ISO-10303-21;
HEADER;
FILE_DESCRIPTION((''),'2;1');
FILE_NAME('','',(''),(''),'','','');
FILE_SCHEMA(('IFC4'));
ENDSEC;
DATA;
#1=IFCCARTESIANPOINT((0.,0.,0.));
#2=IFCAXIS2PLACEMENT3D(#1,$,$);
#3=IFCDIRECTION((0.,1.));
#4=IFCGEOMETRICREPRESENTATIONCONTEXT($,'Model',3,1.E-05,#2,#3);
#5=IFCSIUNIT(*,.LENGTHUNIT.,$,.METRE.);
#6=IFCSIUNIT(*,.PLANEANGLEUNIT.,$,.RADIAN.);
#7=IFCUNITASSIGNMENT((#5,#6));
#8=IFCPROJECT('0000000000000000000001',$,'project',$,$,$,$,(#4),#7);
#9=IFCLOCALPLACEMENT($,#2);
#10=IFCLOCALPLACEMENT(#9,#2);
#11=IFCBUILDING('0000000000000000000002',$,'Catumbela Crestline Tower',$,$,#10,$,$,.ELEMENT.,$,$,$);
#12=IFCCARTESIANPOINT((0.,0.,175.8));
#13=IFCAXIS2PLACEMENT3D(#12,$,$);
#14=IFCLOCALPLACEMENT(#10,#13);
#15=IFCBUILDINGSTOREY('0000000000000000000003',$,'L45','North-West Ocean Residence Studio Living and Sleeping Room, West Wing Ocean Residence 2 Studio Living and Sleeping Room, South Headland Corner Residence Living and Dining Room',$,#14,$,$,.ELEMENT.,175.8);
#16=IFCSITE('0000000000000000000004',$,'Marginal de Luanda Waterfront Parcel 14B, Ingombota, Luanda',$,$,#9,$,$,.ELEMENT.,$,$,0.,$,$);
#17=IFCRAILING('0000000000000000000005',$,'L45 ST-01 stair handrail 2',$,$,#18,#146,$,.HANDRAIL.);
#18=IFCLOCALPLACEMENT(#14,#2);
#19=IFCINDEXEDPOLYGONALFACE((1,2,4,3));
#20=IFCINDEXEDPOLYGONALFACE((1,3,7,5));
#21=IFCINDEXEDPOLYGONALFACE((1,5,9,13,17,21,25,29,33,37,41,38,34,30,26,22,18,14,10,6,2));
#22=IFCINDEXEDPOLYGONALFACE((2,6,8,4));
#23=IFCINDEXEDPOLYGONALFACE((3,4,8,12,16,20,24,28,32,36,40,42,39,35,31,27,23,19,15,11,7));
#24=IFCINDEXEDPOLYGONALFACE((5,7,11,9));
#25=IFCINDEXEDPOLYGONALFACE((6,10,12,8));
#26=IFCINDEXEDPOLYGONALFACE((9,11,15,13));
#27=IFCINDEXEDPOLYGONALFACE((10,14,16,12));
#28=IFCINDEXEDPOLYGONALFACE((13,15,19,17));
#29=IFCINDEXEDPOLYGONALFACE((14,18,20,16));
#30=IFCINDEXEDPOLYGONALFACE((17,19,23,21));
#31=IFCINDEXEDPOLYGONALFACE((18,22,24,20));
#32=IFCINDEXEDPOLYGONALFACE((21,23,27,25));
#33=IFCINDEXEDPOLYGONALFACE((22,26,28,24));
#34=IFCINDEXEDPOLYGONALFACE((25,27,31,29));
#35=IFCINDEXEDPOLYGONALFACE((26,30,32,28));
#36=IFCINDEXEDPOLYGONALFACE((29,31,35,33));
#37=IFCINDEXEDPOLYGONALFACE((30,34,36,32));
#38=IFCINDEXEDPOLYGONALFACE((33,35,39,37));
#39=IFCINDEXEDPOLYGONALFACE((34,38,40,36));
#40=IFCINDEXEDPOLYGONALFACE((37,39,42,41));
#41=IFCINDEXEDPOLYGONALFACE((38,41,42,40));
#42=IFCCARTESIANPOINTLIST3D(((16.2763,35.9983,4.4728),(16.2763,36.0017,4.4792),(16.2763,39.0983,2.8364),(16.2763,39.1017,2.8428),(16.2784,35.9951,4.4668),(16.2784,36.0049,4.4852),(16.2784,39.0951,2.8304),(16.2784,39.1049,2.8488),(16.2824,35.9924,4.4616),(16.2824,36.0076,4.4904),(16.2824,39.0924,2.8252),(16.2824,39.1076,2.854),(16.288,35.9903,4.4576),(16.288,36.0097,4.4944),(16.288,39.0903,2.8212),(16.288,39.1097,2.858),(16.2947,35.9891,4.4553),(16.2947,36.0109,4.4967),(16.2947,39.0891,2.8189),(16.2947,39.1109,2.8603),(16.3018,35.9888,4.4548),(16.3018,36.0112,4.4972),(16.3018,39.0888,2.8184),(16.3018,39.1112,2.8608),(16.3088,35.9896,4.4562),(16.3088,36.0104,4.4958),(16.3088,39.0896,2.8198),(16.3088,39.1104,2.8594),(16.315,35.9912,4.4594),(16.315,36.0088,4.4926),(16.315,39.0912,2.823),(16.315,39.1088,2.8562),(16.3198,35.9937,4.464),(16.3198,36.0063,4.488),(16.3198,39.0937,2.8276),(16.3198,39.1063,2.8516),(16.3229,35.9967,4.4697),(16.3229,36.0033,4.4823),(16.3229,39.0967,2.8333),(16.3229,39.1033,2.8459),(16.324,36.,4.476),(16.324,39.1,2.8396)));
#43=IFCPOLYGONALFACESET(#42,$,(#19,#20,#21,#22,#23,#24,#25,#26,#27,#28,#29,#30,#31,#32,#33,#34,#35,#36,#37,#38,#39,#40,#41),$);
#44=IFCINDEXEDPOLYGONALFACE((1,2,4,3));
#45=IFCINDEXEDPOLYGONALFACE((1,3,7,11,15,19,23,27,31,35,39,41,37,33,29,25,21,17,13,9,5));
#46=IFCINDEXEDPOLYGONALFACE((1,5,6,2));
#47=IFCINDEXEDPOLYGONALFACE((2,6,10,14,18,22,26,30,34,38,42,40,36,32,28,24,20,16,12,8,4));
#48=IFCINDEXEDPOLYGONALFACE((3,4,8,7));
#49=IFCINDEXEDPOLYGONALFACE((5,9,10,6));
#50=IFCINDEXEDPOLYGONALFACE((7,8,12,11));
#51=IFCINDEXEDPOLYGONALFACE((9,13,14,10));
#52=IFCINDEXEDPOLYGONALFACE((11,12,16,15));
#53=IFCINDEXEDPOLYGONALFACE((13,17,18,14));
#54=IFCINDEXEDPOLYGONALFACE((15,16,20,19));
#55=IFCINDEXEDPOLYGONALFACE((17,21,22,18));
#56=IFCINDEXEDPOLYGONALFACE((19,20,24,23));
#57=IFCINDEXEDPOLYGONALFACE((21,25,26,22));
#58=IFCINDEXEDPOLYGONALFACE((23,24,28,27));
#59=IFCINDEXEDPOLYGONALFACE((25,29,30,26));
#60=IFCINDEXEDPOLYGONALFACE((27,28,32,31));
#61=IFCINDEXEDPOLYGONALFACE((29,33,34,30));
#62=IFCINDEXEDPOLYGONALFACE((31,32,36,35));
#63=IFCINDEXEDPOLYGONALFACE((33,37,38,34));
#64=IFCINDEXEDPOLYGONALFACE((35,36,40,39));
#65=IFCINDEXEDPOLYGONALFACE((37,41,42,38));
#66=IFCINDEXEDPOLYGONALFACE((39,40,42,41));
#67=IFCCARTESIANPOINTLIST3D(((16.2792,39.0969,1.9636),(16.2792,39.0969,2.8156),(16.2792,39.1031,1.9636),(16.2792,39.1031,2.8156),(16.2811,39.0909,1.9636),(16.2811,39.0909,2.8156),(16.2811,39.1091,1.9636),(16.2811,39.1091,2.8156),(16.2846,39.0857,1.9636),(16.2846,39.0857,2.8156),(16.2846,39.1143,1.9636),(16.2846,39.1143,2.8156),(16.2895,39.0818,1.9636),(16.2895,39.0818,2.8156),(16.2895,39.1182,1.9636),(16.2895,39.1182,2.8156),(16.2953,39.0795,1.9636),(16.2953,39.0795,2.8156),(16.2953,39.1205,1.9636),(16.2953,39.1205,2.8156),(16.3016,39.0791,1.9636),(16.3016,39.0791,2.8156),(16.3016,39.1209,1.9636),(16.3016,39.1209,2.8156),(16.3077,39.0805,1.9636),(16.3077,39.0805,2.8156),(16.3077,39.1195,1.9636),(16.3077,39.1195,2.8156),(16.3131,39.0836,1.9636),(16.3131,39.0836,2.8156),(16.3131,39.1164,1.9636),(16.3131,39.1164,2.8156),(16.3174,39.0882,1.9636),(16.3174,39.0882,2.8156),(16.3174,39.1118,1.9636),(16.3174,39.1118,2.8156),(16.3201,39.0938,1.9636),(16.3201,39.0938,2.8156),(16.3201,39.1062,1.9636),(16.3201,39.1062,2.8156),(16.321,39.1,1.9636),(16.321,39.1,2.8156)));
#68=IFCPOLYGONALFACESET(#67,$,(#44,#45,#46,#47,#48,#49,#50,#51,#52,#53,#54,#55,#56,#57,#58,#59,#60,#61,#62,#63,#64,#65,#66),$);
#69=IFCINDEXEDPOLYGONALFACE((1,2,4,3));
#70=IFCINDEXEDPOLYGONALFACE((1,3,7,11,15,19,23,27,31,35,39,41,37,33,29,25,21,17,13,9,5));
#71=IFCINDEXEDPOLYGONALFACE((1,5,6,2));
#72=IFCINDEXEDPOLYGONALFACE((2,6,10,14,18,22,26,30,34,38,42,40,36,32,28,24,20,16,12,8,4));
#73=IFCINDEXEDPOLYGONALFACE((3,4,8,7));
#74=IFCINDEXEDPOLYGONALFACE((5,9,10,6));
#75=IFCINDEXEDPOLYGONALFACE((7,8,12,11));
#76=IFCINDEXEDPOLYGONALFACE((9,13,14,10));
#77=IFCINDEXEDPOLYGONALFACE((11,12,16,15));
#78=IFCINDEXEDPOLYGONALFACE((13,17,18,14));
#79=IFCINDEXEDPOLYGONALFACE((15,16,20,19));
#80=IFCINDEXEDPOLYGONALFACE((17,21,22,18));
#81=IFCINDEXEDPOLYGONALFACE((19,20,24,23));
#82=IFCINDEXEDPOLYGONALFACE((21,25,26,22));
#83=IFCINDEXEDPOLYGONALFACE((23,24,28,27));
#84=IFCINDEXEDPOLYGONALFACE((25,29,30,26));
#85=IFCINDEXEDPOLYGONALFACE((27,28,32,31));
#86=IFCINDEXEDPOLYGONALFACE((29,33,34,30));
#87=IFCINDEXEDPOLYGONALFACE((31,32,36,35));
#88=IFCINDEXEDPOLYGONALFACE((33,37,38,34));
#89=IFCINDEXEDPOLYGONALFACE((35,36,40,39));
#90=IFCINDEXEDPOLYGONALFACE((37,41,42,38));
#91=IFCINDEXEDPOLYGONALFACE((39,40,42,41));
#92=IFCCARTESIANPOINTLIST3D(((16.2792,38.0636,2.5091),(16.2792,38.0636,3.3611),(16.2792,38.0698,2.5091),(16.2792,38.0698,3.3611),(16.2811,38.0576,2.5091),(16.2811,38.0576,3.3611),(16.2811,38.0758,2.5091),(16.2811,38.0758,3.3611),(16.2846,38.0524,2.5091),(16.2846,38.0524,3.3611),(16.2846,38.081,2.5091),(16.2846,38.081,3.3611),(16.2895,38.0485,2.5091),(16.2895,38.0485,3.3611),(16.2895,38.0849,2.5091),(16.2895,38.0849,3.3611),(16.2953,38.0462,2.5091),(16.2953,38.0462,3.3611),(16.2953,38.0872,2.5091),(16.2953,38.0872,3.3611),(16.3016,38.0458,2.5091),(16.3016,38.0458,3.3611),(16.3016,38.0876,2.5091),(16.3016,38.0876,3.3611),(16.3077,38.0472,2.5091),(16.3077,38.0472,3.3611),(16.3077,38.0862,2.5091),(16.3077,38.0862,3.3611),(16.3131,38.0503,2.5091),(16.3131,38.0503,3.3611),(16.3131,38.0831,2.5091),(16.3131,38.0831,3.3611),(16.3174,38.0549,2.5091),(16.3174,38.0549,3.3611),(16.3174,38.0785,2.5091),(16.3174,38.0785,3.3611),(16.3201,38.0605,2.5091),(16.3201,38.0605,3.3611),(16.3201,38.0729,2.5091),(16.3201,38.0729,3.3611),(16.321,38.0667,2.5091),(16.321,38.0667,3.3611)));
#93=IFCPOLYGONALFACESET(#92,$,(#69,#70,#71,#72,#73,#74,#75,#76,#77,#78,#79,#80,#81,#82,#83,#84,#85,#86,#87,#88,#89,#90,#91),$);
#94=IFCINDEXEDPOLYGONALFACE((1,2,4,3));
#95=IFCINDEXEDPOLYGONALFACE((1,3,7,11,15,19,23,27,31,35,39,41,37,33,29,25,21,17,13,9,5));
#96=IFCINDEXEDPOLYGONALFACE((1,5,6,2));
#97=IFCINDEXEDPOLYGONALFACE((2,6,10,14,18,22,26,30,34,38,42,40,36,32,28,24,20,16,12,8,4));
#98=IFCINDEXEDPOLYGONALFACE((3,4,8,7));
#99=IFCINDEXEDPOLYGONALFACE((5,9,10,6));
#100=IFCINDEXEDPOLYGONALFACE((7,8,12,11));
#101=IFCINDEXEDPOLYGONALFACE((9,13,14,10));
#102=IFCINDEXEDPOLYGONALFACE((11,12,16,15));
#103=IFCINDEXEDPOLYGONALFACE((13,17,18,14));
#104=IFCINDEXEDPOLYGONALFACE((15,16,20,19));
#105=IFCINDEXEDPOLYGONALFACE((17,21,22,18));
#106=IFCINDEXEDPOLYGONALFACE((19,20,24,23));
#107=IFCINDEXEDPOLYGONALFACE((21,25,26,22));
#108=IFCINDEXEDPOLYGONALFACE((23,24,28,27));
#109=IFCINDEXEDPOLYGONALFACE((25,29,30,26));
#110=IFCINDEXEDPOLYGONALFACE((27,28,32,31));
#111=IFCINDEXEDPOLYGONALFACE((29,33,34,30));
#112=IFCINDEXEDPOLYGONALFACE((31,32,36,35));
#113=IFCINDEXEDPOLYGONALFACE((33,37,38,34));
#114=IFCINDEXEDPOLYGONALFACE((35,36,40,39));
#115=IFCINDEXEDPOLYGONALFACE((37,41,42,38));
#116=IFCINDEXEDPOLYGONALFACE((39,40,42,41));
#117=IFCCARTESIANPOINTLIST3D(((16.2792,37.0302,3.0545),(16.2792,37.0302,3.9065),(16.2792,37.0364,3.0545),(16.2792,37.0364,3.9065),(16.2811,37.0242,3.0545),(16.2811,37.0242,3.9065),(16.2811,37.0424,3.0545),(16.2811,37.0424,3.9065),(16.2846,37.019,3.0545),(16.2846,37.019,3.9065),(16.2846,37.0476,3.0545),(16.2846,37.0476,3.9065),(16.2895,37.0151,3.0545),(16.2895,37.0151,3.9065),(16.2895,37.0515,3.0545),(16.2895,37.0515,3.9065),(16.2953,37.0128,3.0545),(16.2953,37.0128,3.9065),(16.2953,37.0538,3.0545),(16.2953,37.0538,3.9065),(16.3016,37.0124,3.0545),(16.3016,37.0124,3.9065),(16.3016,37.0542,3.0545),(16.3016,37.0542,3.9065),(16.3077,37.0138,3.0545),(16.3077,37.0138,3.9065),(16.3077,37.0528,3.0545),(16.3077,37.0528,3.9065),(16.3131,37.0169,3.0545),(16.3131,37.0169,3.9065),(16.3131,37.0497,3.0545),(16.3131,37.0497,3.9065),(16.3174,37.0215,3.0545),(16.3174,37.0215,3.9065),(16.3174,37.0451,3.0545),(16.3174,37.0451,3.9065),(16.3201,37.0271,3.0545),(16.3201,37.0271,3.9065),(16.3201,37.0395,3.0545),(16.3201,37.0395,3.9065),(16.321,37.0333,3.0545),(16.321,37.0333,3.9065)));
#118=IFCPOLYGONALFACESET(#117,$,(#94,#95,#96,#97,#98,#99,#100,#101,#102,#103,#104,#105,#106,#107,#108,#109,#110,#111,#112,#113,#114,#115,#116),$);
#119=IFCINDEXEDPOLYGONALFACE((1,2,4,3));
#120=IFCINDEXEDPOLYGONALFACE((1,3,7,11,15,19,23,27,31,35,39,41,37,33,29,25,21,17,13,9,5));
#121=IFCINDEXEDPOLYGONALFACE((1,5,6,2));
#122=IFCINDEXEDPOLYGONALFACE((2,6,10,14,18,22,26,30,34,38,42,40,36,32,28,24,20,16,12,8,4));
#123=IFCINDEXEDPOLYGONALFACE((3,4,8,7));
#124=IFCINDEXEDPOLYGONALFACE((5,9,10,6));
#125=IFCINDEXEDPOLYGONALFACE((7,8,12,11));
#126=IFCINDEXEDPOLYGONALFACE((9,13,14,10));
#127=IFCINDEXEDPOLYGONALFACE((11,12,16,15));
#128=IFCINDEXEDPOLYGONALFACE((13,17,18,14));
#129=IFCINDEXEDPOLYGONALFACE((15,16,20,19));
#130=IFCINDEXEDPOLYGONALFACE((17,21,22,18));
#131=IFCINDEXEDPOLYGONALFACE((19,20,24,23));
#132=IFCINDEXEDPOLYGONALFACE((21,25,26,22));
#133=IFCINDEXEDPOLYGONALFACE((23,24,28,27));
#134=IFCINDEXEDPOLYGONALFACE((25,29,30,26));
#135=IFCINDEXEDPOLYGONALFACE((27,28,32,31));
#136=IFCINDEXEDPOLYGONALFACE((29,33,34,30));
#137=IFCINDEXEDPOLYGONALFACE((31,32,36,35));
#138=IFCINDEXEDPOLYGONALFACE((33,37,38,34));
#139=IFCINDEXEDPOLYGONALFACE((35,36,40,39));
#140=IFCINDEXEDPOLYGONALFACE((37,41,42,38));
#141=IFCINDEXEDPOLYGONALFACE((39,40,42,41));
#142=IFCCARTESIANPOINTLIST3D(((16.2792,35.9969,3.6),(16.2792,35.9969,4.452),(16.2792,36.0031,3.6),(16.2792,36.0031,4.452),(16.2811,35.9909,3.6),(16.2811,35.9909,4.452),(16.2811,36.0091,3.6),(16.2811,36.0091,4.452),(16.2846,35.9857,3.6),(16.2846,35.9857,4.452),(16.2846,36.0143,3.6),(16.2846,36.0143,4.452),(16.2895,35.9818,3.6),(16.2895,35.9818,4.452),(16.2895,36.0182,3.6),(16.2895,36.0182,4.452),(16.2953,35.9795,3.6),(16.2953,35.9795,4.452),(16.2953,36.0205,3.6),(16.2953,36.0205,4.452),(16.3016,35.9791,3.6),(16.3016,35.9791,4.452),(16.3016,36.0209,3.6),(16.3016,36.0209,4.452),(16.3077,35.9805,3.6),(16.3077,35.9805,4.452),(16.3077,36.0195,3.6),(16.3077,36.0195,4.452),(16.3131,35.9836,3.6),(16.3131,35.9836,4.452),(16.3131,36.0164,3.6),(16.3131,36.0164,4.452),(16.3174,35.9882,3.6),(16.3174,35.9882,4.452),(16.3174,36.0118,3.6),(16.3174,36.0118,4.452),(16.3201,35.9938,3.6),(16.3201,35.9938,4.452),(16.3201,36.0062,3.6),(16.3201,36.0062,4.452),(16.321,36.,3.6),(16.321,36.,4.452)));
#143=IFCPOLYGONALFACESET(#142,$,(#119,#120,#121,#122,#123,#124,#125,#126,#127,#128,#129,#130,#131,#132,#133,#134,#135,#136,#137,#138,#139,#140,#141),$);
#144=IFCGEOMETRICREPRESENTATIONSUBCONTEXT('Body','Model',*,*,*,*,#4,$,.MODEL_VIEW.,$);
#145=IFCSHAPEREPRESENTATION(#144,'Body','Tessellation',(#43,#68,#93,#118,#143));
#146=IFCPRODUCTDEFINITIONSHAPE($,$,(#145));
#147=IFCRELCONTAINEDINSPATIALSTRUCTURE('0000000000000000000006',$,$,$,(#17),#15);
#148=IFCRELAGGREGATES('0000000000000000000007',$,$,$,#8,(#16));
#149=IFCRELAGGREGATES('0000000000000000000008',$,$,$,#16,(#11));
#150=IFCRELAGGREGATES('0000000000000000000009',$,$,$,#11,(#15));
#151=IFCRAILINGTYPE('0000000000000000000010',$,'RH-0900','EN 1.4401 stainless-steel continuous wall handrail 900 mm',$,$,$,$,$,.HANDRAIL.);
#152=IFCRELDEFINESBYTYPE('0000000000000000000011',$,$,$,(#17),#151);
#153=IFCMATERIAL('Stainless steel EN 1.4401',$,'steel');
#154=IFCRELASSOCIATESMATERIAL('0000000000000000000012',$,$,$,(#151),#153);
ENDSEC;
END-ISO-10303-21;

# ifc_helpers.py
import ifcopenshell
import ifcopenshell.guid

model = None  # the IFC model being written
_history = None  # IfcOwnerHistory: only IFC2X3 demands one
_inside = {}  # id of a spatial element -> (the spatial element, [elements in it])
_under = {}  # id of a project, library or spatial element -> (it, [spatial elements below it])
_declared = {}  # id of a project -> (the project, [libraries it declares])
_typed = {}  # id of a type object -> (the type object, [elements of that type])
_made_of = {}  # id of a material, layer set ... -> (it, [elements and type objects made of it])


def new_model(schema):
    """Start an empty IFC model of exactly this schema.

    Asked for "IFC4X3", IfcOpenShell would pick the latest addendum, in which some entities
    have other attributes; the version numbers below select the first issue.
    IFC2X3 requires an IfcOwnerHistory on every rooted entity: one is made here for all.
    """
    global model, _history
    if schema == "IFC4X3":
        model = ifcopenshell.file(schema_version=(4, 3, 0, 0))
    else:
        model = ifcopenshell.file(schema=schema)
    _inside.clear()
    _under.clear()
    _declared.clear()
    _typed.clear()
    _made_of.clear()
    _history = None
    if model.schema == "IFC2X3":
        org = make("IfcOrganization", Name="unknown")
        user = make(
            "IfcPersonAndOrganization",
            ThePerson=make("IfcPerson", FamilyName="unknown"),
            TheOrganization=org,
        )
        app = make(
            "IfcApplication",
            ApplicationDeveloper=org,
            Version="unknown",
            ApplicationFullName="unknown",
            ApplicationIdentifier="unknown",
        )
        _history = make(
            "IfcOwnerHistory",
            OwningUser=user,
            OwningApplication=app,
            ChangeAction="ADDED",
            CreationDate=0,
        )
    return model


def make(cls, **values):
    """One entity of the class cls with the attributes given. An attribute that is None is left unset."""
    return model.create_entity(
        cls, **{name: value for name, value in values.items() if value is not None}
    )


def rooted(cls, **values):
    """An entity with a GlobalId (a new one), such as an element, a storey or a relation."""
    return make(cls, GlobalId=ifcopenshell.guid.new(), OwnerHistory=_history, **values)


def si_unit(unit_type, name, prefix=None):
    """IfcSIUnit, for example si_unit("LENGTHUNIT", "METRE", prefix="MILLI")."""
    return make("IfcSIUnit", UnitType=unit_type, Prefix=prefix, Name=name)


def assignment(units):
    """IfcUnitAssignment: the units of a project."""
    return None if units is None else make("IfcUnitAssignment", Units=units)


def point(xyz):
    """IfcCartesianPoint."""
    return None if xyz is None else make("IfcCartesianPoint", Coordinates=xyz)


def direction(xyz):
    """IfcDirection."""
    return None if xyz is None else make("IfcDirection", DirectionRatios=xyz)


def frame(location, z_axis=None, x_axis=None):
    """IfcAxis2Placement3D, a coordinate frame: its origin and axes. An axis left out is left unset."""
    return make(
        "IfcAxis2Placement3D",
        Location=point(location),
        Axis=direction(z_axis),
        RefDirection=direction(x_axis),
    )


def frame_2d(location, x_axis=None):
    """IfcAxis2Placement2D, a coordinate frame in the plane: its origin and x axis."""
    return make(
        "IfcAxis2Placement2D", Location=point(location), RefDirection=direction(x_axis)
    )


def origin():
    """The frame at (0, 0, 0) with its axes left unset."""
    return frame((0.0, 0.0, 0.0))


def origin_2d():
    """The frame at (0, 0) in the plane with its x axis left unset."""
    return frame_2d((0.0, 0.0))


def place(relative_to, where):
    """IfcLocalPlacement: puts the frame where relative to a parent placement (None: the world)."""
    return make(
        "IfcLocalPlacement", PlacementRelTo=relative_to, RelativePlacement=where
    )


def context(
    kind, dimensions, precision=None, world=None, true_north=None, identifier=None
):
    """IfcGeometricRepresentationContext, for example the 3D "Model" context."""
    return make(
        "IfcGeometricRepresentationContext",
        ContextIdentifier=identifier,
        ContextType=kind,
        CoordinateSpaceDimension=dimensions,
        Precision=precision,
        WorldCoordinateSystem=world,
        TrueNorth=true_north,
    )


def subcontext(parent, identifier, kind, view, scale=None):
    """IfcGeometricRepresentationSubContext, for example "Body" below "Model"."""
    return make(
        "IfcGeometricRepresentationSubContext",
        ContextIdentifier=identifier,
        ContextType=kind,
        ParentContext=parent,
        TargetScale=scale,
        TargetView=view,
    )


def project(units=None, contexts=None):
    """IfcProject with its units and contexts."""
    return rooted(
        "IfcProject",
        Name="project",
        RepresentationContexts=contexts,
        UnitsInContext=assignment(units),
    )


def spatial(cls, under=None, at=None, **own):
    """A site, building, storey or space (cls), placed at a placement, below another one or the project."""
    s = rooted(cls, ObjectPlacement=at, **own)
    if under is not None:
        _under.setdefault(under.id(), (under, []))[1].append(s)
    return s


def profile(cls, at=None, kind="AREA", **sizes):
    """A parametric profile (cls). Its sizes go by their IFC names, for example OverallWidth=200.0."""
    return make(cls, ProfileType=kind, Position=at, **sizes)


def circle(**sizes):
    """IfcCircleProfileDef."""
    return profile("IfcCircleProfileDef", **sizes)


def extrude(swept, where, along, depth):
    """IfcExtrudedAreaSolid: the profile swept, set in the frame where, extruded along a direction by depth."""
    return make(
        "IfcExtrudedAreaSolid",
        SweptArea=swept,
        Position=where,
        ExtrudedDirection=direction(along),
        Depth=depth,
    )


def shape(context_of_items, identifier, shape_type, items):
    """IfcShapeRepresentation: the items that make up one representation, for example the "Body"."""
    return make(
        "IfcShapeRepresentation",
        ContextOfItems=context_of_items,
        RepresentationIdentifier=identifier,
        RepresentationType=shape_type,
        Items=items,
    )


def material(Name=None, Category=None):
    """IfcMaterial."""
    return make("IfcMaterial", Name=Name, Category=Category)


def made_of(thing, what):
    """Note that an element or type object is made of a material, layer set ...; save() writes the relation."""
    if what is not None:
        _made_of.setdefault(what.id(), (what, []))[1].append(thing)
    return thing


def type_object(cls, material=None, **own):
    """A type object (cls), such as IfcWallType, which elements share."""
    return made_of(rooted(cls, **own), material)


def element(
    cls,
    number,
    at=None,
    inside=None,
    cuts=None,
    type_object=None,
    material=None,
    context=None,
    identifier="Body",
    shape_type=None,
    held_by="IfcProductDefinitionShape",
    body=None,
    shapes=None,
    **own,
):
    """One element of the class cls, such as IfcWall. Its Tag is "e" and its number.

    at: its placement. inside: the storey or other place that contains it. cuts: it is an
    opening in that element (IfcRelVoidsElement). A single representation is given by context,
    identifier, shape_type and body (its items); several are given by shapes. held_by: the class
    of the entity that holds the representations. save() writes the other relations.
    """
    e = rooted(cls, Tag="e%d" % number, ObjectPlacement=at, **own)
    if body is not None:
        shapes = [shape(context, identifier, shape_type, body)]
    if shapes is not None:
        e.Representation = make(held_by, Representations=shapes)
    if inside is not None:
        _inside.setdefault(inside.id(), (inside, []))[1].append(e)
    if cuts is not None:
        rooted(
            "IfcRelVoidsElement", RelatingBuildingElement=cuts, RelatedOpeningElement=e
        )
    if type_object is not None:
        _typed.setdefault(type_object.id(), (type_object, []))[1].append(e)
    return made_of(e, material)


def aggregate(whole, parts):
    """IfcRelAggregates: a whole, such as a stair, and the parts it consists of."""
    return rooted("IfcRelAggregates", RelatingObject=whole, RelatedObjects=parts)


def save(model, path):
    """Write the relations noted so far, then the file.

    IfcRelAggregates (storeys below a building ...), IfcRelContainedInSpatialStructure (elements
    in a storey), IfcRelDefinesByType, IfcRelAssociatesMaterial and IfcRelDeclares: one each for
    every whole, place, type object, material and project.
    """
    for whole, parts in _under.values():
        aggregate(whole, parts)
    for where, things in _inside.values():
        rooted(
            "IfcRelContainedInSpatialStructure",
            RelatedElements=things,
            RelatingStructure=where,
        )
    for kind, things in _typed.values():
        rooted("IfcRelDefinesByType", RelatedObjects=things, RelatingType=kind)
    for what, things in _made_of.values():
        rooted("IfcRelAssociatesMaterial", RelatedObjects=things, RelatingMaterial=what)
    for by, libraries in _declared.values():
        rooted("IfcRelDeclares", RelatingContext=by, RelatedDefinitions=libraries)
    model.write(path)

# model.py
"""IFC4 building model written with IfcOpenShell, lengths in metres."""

from ifc_helpers import new_model, si_unit, direction, frame, origin, origin_2d, place, context, subcontext, project, spatial, circle, extrude, material, type_object, element, save


model = new_model("IFC4")

# Units and contexts
model_context = context("Model", 3, precision=1e-05, world=origin(), true_north=direction((0.0, 1.0)))
body_context = subcontext(model_context, "Body", "Model", "MODEL_VIEW")
ifc_project = project(units=[si_unit("LENGTHUNIT", "METRE"), si_unit("PLANEANGLEUNIT", "RADIAN")], contexts=[model_context])

# Site, building, storey
site_placement = place(None, origin())
site = spatial("IfcSite", under=ifc_project, at=site_placement, Name="Marginal de Luanda Waterfront Parcel 14B, Ingombota, Luanda", CompositionType="ELEMENT", RefElevation=0.0)
building_placement = place(site_placement, origin())
building = spatial("IfcBuilding", under=site, at=building_placement, Name="Catumbela Crestline Tower", CompositionType="ELEMENT")
storey_placement = place(building_placement, frame((0.0, 0.0, 175.8)))
storey = spatial("IfcBuildingStorey", under=building, at=storey_placement, Name="L45", Description="North-West Ocean Residence Studio Living and Sleeping Room, West Wing Ocean Residence 2 Studio Living and Sleeping Room, South Headland Corner Residence Living and Dining Room", CompositionType="ELEMENT", Elevation=175.8)

# Shared definitions
ifc_material_1 = material(Name="Stainless steel EN 1.4401", Category="steel")

# Railing
railing_type_1 = type_object("IfcRailingType", Name="RH-0900", Description="EN 1.4401 stainless-steel continuous wall handrail 900 mm", PredefinedType="HANDRAIL", material=ifc_material_1)
railing_1_placement = place(storey_placement, frame((16.3, 39.1, 1.9636)))
element("IfcRailing", 1, at=railing_1_placement, inside=storey, type_object=railing_type_1, Name="L45 ST-01 stair handrail 2", PredefinedType="HANDRAIL", context=body_context, shape_type="SweptSolid", body=[
    extrude(circle(Radius=0.024, at=origin_2d()), frame((0.0, 0.0, 0.876), z_axis=(0.0, -0.884351, 0.466823), x_axis=(1.0, 0.0, 0.0)), (0.0, 0.0, 1.0), 3.5054),
    extrude(circle(Radius=0.021, at=origin_2d()), origin(), (0.0, 0.0, 1.0), 0.852),
    extrude(circle(Radius=0.021, at=origin_2d()), frame((0.0, -1.0333, 0.5455)), (0.0, 0.0, 1.0), 0.852),
    extrude(circle(Radius=0.021, at=origin_2d()), frame((0.0, -2.0667, 1.0909)), (0.0, 0.0, 1.0), 0.852),
    extrude(circle(Radius=0.021, at=origin_2d()), frame((0.0, -3.1, 1.6364)), (0.0, 0.0, 1.0), 0.852),
])

save(model, "model.ifc")
